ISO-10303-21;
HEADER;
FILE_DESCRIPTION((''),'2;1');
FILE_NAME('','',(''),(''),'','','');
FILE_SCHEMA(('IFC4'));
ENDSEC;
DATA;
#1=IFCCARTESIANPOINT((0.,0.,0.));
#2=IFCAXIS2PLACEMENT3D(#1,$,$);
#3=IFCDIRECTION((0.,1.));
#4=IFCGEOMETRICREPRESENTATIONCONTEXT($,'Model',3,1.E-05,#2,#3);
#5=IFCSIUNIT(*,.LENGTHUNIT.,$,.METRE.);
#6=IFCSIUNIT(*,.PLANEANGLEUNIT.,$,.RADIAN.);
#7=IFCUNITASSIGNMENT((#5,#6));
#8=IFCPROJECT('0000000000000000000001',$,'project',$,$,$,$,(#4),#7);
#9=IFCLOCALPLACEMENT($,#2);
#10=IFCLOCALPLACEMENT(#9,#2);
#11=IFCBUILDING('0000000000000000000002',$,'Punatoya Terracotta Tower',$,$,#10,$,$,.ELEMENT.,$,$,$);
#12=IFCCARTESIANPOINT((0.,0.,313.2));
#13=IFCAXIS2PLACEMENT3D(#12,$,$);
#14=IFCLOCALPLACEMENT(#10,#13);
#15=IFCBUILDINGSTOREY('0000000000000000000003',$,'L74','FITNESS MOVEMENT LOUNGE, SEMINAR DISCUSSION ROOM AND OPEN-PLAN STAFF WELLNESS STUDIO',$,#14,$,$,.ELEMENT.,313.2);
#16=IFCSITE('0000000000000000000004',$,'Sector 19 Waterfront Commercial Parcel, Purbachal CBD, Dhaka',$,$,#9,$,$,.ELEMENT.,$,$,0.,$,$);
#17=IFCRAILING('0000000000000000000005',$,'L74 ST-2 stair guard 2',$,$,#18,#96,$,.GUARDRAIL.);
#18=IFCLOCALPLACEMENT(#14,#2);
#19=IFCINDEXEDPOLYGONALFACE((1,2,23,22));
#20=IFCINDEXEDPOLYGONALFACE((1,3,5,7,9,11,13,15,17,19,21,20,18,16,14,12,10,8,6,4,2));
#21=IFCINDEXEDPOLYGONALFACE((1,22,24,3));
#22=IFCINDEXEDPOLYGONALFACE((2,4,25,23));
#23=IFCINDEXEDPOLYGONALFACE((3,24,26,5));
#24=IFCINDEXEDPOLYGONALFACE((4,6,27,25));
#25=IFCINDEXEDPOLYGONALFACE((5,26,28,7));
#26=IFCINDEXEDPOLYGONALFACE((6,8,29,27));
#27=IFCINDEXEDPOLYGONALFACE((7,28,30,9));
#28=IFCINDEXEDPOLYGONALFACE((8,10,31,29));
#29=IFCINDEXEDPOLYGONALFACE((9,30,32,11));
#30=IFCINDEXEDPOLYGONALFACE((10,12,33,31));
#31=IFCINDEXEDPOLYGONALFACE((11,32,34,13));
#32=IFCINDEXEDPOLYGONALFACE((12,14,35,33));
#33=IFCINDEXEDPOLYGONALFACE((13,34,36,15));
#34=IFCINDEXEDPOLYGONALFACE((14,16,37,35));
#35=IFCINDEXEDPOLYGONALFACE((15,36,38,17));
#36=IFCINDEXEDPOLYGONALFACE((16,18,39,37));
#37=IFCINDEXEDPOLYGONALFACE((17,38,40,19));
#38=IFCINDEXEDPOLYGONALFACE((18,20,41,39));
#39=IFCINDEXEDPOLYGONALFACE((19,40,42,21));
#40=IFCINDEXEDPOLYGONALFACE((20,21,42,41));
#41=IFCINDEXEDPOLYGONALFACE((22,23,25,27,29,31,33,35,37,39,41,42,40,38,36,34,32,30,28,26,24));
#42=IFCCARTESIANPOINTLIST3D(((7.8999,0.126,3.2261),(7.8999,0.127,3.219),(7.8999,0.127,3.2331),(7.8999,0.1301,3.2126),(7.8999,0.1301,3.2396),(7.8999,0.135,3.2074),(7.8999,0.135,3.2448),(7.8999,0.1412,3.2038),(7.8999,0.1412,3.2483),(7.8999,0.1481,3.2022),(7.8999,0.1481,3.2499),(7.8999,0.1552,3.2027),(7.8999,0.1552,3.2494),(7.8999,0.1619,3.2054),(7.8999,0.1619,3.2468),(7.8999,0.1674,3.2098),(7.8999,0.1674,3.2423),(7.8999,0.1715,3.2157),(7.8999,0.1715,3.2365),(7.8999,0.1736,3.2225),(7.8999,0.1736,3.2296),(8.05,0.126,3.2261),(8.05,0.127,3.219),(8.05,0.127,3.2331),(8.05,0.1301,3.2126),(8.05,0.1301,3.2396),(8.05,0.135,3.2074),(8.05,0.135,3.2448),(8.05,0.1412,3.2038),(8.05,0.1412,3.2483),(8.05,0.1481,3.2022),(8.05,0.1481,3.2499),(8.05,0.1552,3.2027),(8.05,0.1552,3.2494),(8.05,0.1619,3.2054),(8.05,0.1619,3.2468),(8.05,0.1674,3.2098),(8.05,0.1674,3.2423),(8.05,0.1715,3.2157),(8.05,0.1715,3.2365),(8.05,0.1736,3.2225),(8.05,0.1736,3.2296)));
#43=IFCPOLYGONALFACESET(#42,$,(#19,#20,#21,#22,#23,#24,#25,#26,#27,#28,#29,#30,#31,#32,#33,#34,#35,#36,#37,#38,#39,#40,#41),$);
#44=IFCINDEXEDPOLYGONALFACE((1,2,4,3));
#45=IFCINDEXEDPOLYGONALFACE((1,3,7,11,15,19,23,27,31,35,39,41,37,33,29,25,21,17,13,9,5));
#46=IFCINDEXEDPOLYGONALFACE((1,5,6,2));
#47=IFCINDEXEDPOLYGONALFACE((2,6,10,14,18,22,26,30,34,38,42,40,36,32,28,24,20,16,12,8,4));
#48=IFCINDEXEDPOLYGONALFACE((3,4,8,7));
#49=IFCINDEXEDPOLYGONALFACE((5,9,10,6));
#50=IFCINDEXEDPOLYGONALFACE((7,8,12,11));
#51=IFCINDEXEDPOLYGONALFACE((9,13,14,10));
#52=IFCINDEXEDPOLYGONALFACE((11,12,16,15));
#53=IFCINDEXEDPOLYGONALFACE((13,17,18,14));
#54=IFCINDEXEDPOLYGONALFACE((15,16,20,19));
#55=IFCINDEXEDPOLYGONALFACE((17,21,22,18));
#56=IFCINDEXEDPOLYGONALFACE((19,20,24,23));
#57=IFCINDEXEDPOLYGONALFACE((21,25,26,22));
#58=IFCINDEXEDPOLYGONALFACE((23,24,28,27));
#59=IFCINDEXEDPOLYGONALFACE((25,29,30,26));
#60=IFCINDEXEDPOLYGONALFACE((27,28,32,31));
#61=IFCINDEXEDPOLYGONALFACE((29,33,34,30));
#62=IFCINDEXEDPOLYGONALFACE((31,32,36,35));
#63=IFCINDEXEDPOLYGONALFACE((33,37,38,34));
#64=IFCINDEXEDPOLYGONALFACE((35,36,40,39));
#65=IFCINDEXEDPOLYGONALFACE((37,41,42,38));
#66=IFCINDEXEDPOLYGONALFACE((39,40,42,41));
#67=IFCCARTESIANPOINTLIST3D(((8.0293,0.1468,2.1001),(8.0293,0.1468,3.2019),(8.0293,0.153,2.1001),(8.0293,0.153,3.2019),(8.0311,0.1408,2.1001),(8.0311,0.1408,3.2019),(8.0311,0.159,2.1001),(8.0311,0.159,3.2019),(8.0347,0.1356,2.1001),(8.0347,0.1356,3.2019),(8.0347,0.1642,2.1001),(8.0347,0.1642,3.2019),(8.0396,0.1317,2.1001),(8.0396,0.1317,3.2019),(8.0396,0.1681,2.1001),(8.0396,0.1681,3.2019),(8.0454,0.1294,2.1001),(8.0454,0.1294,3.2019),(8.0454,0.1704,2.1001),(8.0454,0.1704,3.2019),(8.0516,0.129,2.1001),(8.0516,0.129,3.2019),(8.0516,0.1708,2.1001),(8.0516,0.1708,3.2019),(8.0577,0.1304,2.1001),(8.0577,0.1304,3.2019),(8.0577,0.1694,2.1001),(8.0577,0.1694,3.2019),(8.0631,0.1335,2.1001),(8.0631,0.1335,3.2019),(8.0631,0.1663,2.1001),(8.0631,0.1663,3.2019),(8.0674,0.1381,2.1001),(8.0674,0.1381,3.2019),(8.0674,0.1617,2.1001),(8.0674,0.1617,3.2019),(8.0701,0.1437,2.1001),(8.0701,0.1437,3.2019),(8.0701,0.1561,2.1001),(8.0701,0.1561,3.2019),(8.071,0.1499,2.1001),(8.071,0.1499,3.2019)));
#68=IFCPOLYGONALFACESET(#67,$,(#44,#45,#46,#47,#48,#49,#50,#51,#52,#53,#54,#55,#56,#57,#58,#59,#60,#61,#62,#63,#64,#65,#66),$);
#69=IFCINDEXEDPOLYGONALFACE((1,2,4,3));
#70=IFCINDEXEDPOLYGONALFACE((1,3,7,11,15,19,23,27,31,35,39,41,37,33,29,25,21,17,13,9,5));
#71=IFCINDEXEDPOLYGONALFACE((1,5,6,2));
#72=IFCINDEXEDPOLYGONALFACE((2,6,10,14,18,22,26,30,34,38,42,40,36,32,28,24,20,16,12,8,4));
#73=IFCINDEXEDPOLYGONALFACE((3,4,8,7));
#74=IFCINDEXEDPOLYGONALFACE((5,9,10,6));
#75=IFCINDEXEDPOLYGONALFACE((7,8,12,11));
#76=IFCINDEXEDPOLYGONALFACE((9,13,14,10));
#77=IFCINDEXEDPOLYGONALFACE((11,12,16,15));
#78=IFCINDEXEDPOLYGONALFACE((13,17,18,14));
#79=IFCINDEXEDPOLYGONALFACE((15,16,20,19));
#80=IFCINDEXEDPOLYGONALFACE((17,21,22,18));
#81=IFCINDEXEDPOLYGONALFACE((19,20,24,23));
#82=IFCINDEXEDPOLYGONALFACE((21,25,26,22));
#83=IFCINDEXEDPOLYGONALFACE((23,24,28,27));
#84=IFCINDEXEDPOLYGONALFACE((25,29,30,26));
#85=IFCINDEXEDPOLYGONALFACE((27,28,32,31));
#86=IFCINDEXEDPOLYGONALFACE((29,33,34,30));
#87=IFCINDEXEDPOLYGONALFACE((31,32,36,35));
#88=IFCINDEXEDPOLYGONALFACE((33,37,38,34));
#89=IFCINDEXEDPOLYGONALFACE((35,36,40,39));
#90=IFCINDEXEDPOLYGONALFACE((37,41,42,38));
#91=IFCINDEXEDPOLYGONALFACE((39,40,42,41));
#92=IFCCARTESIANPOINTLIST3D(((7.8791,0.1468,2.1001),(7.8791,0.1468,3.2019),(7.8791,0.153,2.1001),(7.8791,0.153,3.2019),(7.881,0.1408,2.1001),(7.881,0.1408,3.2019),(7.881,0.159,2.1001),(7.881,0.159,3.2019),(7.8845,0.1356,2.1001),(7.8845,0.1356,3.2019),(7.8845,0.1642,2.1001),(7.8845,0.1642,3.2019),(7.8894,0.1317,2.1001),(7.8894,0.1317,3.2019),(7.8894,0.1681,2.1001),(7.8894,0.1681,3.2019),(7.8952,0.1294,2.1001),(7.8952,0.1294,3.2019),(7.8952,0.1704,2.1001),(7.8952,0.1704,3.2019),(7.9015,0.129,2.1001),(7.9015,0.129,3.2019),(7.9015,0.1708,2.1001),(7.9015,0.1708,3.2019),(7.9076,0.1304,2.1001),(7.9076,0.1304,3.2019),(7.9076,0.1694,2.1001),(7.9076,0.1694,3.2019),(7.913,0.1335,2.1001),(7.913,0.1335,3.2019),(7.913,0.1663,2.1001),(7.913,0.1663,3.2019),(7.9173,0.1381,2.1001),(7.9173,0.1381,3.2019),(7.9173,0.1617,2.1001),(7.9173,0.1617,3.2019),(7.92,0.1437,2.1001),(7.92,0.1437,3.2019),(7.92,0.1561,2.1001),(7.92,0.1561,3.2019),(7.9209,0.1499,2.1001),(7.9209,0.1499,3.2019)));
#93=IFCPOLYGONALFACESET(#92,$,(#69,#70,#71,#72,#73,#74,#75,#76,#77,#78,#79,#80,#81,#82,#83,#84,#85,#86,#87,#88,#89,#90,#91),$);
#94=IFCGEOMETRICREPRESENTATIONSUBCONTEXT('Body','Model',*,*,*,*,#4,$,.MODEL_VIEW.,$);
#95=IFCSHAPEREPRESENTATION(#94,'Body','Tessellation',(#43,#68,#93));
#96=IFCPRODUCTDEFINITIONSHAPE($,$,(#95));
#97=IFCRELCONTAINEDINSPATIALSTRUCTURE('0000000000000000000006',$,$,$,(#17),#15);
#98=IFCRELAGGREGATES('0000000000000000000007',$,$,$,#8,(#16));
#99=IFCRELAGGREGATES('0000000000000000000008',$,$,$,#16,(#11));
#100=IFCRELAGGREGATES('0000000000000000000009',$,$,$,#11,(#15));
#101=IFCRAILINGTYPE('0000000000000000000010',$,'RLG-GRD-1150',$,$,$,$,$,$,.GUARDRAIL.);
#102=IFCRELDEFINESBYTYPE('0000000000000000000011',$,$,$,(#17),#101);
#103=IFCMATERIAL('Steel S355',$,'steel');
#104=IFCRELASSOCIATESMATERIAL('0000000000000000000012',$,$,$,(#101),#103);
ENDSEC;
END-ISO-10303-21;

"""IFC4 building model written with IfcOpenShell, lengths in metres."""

from ifc_helpers import new_model, si_unit, direction, frame, origin, origin_2d, place, context, subcontext, project, spatial, circle, extrude, material, type_object, element, save


model = new_model("IFC4")

# Units and contexts
model_context = context("Model", 3, precision=1e-05, world=origin(), true_north=direction((0.0, 1.0)))
body_context = subcontext(model_context, "Body", "Model", "MODEL_VIEW")
ifc_project = project(units=[si_unit("LENGTHUNIT", "METRE"), si_unit("PLANEANGLEUNIT", "RADIAN")], contexts=[model_context])

# Site, building, storey
site_placement = place(None, origin())
site = spatial("IfcSite", under=ifc_project, at=site_placement, Name="Sector 19 Waterfront Commercial Parcel, Purbachal CBD, Dhaka", CompositionType="ELEMENT", RefElevation=0.0)
building_placement = place(site_placement, origin())
building = spatial("IfcBuilding", under=site, at=building_placement, Name="Punatoya Terracotta Tower", CompositionType="ELEMENT")
storey_placement = place(building_placement, frame((0.0, 0.0, 313.2)))
storey = spatial("IfcBuildingStorey", under=building, at=storey_placement, Name="L74", Description="FITNESS MOVEMENT LOUNGE, SEMINAR DISCUSSION ROOM AND OPEN-PLAN STAFF WELLNESS STUDIO", CompositionType="ELEMENT", Elevation=313.2)

# Shared definitions
ifc_material_1 = material(Name="Steel S355", Category="steel")

# Railing
railing_type_1 = type_object("IfcRailingType", Name="RLG-GRD-1150", PredefinedType="GUARDRAIL", material=ifc_material_1)
railing_1_placement = place(storey_placement, frame((8.05, 0.1499, 2.1001)))
element("IfcRailing", 1, at=railing_1_placement, inside=storey, type_object=railing_type_1, Name="L74 ST-2 stair guard 2", PredefinedType="GUARDRAIL", context=body_context, shape_type="SweptSolid", body=[
    extrude(circle(Radius=0.0239, at=origin_2d()), frame((0.0, 0.0, 1.126), z_axis=(-1.0, 0.0, 0.0), x_axis=(0.0, -1.0, 0.0)), (0.0, 0.0, 1.0), 0.1501),
    extrude(circle(Radius=0.021, at=origin_2d()), origin(), (0.0, 0.0, 1.0), 1.1018),
    extrude(circle(Radius=0.021, at=origin_2d()), frame((-0.1501, 0.0, 0.0)), (0.0, 0.0, 1.0), 1.1018),
])

save(model, "model.ifc")
